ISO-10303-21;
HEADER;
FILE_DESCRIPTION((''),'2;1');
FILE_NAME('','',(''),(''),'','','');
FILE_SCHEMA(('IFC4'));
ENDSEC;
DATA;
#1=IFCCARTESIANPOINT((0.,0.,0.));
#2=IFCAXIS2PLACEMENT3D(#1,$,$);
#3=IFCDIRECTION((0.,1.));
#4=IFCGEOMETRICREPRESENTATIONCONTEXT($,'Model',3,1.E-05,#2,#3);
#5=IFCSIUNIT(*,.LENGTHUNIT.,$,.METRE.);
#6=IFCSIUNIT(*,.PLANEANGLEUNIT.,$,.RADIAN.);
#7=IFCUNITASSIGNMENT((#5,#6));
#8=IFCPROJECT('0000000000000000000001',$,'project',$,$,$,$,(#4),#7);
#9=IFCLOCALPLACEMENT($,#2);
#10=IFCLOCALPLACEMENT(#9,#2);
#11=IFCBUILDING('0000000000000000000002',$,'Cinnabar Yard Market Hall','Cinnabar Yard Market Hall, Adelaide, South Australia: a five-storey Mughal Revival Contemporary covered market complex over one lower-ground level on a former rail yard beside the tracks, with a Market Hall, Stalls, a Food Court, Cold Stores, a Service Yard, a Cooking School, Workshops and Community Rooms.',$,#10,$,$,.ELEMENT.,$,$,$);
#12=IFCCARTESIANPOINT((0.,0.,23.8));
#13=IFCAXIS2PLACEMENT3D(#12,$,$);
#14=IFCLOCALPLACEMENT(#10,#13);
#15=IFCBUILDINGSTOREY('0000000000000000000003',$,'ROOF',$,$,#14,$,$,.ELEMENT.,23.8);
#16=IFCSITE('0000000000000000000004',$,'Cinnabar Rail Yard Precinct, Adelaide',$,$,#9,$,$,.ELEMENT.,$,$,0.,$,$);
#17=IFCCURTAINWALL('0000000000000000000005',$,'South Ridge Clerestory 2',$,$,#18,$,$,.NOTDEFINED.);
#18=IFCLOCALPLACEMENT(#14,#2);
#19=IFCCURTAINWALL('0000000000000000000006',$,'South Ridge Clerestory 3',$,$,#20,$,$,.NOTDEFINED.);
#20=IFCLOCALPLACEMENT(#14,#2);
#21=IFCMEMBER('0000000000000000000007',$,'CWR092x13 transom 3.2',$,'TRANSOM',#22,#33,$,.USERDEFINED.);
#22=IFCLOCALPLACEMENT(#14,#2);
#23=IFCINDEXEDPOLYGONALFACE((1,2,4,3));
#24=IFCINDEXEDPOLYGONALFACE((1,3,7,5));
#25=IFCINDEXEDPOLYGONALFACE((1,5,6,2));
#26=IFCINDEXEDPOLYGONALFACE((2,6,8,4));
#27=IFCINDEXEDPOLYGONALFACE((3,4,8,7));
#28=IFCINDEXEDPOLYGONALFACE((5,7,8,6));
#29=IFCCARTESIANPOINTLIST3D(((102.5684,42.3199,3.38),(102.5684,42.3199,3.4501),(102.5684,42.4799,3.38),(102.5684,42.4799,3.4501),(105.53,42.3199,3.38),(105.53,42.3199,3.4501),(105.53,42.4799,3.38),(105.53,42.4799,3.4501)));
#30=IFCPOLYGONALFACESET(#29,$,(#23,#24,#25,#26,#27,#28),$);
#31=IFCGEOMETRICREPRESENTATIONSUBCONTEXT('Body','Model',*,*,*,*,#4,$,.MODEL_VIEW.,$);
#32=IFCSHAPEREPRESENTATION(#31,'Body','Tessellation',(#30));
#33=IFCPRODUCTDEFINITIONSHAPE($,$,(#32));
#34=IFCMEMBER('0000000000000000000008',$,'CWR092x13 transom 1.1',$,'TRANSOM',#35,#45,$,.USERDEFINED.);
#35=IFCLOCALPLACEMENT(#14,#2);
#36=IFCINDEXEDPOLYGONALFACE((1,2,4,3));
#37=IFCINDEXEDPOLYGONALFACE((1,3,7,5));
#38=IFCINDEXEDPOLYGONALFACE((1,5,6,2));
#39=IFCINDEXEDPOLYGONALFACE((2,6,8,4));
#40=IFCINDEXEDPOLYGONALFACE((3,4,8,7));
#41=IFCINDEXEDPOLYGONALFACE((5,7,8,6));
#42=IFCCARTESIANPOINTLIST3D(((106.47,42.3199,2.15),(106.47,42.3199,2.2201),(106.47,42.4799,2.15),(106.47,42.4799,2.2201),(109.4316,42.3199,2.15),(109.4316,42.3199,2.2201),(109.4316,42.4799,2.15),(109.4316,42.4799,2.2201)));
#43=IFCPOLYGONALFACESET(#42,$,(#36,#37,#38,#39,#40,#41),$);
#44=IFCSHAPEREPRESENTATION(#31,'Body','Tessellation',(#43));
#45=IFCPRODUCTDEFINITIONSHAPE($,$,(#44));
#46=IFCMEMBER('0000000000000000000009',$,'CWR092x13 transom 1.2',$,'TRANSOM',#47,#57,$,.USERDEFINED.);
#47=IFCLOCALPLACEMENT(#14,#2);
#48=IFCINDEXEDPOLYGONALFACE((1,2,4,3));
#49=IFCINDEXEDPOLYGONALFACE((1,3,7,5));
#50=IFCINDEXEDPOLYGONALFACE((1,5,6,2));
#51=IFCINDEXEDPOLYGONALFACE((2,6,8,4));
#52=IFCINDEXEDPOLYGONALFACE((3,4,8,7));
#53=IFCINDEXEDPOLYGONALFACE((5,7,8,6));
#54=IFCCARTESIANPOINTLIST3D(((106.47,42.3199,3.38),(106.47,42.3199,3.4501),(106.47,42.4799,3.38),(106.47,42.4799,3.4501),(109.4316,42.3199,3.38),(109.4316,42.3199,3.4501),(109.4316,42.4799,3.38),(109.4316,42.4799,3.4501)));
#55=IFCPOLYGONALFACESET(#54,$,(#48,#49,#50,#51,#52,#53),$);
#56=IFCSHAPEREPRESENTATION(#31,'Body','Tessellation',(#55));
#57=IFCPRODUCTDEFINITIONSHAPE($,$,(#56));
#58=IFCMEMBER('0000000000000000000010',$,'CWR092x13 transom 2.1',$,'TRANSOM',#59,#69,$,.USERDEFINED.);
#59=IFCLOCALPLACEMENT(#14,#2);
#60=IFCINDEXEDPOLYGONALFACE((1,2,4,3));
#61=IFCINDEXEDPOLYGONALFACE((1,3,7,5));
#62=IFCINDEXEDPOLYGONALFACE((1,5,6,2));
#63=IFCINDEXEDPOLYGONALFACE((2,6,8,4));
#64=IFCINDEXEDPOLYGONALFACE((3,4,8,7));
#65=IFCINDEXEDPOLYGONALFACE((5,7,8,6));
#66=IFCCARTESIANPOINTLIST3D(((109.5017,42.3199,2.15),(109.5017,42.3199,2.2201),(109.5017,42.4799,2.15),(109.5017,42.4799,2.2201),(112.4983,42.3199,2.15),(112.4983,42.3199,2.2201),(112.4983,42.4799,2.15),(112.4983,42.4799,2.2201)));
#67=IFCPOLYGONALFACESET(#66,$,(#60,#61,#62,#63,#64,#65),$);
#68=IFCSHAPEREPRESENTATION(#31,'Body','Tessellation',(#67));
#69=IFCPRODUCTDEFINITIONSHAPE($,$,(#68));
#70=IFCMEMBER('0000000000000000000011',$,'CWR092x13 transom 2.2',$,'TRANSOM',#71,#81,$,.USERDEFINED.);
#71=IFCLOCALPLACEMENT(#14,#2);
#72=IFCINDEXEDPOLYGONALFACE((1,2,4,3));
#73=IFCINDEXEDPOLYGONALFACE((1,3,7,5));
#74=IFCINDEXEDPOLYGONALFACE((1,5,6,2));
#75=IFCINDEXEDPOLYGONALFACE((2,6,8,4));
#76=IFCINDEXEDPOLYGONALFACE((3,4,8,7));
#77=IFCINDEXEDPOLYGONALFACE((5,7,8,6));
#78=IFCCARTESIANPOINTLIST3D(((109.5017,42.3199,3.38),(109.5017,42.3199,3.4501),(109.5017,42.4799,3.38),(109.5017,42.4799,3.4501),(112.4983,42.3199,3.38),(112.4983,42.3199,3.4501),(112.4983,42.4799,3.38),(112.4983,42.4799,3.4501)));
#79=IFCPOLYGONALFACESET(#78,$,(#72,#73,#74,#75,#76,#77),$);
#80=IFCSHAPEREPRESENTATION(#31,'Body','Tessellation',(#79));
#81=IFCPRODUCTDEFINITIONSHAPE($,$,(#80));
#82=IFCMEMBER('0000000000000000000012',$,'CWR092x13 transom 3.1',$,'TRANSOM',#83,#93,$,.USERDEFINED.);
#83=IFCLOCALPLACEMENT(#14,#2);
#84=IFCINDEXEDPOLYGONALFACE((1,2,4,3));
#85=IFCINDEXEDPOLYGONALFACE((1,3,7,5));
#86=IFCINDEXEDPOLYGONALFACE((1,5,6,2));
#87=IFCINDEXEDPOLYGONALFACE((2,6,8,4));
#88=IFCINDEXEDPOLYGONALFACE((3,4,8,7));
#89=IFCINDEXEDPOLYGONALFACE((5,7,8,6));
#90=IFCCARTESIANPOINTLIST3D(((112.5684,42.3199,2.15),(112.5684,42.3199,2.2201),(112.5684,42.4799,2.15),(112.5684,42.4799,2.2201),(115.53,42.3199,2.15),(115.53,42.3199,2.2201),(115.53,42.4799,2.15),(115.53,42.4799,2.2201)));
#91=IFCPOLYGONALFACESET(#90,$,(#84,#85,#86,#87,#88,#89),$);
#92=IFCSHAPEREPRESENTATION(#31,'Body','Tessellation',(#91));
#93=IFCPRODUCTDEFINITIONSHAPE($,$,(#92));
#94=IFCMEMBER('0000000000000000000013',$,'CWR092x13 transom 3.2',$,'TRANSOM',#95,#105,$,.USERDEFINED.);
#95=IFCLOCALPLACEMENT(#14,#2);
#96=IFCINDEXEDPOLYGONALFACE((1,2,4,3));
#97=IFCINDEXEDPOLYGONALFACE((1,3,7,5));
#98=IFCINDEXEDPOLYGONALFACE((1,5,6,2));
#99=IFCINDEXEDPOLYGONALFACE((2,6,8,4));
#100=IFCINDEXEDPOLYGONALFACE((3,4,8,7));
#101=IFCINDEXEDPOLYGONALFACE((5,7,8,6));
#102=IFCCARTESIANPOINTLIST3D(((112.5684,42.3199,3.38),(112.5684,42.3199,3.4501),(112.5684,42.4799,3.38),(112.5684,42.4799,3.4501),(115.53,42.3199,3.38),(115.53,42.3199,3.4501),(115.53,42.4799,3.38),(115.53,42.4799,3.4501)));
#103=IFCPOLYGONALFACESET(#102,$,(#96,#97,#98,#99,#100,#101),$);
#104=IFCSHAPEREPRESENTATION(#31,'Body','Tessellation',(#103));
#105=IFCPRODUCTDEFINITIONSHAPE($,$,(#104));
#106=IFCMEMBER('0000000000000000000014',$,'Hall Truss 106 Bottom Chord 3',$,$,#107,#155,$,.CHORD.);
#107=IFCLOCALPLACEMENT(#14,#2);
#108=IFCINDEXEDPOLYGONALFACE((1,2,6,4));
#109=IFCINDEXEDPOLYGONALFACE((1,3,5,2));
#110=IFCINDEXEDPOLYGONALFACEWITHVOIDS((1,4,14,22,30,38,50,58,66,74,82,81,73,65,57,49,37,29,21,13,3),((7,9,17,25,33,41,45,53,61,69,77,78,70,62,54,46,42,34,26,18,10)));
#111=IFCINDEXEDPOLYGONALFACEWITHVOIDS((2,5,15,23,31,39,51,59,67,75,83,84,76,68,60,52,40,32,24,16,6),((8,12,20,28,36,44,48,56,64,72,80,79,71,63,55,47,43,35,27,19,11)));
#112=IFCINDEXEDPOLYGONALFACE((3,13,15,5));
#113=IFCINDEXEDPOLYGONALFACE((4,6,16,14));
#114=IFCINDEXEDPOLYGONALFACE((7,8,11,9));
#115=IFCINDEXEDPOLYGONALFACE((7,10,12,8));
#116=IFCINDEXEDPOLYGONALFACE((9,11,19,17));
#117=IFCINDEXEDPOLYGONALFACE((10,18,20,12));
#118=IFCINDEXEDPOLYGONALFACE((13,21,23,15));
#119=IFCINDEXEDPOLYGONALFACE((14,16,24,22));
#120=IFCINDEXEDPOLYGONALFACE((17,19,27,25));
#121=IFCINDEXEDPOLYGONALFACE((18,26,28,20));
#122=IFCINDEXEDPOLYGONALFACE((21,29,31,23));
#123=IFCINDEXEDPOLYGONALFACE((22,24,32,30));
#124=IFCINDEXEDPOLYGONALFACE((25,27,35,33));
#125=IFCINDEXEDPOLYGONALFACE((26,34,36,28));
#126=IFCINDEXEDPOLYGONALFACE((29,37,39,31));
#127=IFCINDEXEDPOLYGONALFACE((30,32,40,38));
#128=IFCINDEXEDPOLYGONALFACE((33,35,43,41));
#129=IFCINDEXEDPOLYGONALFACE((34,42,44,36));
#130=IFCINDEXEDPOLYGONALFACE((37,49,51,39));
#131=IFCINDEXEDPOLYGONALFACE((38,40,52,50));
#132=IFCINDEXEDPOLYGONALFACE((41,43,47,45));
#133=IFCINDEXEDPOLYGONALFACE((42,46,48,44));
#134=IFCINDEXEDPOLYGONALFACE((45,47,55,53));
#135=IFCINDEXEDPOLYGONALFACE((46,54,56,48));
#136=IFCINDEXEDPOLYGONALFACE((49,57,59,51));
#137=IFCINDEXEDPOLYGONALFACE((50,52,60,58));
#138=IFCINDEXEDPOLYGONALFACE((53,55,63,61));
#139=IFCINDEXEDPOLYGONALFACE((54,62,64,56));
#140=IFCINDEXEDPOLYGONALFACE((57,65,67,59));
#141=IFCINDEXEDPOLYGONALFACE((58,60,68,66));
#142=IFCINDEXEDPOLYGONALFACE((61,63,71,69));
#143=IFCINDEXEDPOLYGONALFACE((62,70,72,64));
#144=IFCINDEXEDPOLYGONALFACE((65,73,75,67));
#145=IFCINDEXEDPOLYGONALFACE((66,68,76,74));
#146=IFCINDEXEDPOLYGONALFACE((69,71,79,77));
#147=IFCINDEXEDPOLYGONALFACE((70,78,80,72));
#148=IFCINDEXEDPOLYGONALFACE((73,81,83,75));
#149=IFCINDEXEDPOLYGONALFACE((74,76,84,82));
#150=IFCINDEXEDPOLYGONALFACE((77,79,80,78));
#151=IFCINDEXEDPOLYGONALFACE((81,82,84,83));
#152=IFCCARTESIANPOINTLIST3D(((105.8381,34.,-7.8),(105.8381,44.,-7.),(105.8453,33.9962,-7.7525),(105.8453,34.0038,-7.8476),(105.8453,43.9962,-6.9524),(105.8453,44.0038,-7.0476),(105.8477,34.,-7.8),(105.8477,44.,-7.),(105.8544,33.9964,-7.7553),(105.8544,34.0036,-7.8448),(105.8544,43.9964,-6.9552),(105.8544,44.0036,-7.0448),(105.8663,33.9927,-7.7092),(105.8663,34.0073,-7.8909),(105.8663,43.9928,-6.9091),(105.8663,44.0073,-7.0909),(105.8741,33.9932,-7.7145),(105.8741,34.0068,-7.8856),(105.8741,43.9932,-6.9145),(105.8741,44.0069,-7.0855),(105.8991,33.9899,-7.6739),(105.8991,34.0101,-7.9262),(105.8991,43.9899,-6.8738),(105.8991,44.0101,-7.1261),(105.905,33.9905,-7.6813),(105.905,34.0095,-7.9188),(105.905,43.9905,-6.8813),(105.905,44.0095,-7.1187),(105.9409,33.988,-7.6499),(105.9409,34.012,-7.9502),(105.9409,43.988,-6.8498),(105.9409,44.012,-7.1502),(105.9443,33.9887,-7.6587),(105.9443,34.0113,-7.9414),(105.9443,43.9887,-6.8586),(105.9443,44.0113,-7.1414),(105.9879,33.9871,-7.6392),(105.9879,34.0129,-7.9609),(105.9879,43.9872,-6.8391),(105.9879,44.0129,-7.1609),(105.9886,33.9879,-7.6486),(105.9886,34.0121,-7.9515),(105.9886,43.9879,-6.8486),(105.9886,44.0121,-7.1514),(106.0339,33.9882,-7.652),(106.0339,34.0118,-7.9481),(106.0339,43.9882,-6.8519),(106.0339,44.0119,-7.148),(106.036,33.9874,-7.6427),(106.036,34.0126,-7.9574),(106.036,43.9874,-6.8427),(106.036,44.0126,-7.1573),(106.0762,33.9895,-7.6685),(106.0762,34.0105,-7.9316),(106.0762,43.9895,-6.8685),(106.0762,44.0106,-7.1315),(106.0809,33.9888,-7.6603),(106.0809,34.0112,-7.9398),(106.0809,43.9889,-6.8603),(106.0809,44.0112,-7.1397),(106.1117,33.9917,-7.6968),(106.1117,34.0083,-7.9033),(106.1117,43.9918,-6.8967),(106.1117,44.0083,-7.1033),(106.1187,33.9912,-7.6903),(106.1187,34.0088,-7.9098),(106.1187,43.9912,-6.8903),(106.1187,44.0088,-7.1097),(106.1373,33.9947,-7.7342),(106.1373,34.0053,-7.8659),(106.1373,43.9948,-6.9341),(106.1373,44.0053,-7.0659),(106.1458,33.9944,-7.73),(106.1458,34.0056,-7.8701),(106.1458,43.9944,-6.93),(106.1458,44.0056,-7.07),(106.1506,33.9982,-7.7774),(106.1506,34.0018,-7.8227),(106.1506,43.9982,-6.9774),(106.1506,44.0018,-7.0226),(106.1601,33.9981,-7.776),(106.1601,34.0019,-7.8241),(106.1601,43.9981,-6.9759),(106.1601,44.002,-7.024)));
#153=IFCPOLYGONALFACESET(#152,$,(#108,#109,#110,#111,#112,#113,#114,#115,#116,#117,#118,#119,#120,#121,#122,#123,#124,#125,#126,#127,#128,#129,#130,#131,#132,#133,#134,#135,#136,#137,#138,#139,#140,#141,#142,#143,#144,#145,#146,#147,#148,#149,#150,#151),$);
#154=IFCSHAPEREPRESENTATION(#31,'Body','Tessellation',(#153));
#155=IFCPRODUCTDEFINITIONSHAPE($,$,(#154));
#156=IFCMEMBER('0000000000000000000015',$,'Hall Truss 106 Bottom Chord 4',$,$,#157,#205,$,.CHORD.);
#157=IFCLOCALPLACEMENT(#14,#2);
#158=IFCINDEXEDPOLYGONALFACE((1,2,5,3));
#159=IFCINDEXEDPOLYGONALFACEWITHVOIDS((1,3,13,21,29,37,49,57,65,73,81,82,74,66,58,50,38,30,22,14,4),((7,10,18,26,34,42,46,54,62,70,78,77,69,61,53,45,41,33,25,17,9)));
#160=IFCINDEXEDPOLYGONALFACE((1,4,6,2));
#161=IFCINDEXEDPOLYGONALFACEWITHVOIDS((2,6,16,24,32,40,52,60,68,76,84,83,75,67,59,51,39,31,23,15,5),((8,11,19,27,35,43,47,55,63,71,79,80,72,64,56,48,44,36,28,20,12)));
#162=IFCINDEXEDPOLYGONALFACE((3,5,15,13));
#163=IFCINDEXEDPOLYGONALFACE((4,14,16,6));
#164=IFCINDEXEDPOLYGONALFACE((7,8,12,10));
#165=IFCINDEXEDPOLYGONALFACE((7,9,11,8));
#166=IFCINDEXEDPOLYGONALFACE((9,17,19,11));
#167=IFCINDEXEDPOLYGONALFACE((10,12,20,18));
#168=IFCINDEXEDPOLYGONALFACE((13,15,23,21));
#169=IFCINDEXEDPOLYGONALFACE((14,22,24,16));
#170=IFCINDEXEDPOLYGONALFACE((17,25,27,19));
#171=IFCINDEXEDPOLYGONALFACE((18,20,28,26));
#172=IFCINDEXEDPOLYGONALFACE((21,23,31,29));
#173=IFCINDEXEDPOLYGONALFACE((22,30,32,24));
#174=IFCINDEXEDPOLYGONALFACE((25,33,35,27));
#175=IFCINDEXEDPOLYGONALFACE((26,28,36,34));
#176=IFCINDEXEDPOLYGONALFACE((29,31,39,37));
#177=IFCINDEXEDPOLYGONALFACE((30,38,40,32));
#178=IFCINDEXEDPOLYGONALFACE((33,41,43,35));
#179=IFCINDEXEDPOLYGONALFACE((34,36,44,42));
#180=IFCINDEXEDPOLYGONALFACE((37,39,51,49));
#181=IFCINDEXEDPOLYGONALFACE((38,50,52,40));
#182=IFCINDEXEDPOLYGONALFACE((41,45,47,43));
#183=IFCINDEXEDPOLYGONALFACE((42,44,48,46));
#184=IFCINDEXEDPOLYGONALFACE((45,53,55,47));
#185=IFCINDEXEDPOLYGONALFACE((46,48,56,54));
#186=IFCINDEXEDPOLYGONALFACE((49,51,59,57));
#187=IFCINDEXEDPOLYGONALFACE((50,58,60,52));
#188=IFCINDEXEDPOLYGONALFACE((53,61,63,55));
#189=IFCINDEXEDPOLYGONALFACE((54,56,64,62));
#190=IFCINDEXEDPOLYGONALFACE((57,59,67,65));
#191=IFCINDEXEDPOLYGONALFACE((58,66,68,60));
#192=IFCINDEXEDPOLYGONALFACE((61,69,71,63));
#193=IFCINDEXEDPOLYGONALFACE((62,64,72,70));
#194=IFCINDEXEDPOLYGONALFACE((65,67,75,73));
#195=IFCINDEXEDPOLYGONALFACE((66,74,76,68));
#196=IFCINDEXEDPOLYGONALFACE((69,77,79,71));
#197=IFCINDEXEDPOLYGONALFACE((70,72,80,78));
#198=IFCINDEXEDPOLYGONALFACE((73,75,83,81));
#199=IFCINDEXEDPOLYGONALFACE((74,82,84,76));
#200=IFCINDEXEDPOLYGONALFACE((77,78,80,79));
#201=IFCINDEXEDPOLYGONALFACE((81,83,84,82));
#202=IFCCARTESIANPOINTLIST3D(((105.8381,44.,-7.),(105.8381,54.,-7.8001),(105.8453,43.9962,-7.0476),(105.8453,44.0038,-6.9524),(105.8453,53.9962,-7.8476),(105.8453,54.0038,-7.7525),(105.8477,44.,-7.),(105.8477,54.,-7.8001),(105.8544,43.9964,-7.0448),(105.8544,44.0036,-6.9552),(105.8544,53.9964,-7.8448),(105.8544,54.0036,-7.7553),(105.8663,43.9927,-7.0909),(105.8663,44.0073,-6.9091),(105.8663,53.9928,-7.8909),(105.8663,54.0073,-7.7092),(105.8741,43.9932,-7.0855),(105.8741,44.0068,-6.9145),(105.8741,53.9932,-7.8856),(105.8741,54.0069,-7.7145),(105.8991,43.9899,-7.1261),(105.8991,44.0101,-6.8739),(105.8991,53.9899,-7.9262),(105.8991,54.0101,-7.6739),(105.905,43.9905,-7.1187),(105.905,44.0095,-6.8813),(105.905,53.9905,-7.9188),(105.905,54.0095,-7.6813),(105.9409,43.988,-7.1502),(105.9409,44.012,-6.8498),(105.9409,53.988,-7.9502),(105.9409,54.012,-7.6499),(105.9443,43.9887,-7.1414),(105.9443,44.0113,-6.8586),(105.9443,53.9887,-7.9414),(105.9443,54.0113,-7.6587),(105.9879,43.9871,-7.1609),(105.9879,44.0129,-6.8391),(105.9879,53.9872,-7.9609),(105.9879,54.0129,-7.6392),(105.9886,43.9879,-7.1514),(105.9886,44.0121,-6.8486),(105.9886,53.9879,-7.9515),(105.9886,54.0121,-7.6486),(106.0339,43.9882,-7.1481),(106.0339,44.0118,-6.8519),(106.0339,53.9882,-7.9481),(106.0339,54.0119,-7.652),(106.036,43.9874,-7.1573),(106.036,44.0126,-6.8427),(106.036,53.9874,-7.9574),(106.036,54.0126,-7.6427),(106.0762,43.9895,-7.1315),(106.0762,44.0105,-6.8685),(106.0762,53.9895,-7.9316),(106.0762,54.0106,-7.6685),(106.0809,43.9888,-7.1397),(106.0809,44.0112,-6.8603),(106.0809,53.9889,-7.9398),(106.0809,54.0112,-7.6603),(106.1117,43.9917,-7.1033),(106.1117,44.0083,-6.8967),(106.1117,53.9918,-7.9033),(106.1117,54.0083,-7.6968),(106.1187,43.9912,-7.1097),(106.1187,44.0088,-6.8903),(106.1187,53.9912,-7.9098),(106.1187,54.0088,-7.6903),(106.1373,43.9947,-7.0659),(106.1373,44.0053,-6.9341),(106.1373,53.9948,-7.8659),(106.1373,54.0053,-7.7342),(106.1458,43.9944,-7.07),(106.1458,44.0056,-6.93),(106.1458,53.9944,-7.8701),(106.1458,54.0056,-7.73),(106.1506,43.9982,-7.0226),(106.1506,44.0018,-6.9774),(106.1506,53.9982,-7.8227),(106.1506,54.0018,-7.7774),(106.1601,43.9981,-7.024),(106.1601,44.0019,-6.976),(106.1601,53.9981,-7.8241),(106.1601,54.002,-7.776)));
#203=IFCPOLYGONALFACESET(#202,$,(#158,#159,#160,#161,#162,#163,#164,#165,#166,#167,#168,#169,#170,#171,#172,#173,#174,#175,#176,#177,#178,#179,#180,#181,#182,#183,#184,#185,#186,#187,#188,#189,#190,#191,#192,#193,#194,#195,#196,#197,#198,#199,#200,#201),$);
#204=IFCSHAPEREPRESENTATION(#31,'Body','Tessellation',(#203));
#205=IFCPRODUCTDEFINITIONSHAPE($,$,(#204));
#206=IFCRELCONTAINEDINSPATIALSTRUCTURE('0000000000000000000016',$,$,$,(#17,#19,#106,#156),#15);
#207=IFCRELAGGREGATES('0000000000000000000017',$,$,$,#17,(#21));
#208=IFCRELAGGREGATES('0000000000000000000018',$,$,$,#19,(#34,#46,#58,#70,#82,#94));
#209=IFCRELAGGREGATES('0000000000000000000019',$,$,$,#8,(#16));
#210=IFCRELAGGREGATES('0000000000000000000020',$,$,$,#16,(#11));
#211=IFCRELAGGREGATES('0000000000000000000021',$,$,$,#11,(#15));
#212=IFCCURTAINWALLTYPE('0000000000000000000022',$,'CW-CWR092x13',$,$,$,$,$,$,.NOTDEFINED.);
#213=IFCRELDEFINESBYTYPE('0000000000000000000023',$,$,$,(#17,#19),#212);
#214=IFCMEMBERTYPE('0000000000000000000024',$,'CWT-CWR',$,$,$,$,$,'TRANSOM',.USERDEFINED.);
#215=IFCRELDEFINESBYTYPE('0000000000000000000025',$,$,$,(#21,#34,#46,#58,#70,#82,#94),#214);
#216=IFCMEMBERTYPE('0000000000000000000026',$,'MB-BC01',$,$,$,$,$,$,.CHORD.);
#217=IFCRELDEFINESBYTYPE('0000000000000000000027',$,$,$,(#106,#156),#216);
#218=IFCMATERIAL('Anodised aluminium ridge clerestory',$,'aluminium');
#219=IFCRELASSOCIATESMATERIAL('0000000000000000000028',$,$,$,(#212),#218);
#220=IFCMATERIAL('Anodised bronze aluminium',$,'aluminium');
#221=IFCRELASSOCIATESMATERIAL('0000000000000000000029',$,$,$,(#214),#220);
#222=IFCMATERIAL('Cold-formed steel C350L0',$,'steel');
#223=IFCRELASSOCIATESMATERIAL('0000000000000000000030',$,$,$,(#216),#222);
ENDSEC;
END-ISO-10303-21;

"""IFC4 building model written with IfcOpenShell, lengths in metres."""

from ifc_helpers import new_model, si_unit, direction, frame, origin, origin_2d_with_axis, place, context, subcontext, project, spatial, rectangle, hollow_circle, extrude, material, material_profile, profile_set, type_object, element, aggregate, save


model = new_model("IFC4")

# Units and contexts
model_context = context("Model", 3, precision=1e-05, world=origin(), true_north=direction((0.0, 1.0)))
body_context = subcontext(model_context, "Body", "Model", "MODEL_VIEW")
ifc_project = project(units=[si_unit("LENGTHUNIT", "METRE"), si_unit("PLANEANGLEUNIT", "RADIAN")], contexts=[model_context])

# Site, building, storey
site_placement = place(None, origin())
site = spatial("IfcSite", under=ifc_project, at=site_placement, Name="Cinnabar Rail Yard Precinct, Adelaide", CompositionType="ELEMENT", RefElevation=0.0)
building_placement = place(site_placement, origin())
building = spatial("IfcBuilding", under=site, at=building_placement, Name="Cinnabar Yard Market Hall", Description="Cinnabar Yard Market Hall, Adelaide, South Australia: a five-storey Mughal Revival Contemporary covered market complex over one lower-ground level on a former rail yard beside the tracks, with a Market Hall, Stalls, a Food Court, Cold Stores, a Service Yard, a Cooking School, Workshops and Community Rooms.", CompositionType="ELEMENT")
storey_placement = place(building_placement, frame((0.0, 0.0, 23.8)))
storey = spatial("IfcBuildingStorey", under=building, at=storey_placement, Name="ROOF", CompositionType="ELEMENT", Elevation=23.8)

# Curtain wall
ifc_material_1 = material(Name="Anodised aluminium ridge clerestory", Category="aluminium")
curtain_wall_type = type_object("IfcCurtainWallType", Name="CW-CWR092x13", PredefinedType="NOTDEFINED", material=ifc_material_1)
curtain_wall_1_placement = place(storey_placement, origin())
curtain_wall_1 = element("IfcCurtainWall", 1, at=curtain_wall_1_placement, inside=storey, type_object=curtain_wall_type, Name="South Ridge Clerestory 2", PredefinedType="NOTDEFINED")
ifc_material_2 = material(Name="Anodised bronze aluminium", Category="aluminium")

# Curtain wall
curtain_wall_2_placement = place(storey_placement, origin())
curtain_wall_2 = element("IfcCurtainWall", 2, at=curtain_wall_2_placement, inside=storey, type_object=curtain_wall_type, Name="South Ridge Clerestory 3", PredefinedType="NOTDEFINED")

# Members
ifc_material_profile_1 = material_profile(ifc_material_2, rectangle(XDim=0.1599, YDim=0.0701, at=origin_2d_with_axis()), Name="TRN-CWR")
ifc_profile_set_1 = profile_set([ifc_material_profile_1], Name="Anodised bronze aluminium")
member_type_1 = type_object("IfcMemberType", Name="CWT-CWR", ElementType="TRANSOM", PredefinedType="USERDEFINED", material=ifc_profile_set_1)
member_1_placement = place(storey_placement, frame((102.5684, 42.3999, 3.415), z_axis=(1.0, 0.0, 0.0), x_axis=(0.0, 1.0, 0.0)))
member_1 = element("IfcMember", 3, at=member_1_placement, type_object=member_type_1, Name="CWR092x13 transom 3.2", ObjectType="TRANSOM", PredefinedType="USERDEFINED", context=body_context, shape_type="SweptSolid", body=[
    extrude(rectangle(XDim=0.1599, YDim=0.0701, at=origin_2d_with_axis()), origin(), (0.0, 0.0, 1.0), 2.9617),
])
member_2_placement = place(storey_placement, frame((106.47, 42.3999, 2.1851), z_axis=(1.0, 0.0, 0.0), x_axis=(0.0, 1.0, 0.0)))
member_2 = element("IfcMember", 4, at=member_2_placement, type_object=member_type_1, Name="CWR092x13 transom 1.1", ObjectType="TRANSOM", PredefinedType="USERDEFINED", context=body_context, shape_type="SweptSolid", body=[
    extrude(rectangle(XDim=0.1599, YDim=0.0701, at=origin_2d_with_axis()), origin(), (0.0, 0.0, 1.0), 2.9617),
])
member_3_placement = place(storey_placement, frame((106.47, 42.3999, 3.415), z_axis=(1.0, 0.0, 0.0), x_axis=(0.0, 1.0, 0.0)))
member_3 = element("IfcMember", 5, at=member_3_placement, type_object=member_type_1, Name="CWR092x13 transom 1.2", ObjectType="TRANSOM", PredefinedType="USERDEFINED", context=body_context, shape_type="SweptSolid", body=[
    extrude(rectangle(XDim=0.1599, YDim=0.0701, at=origin_2d_with_axis()), origin(), (0.0, 0.0, 1.0), 2.9617),
])
member_4_placement = place(storey_placement, frame((109.5017, 42.3999, 2.1851), z_axis=(1.0, 0.0, 0.0), x_axis=(0.0, 1.0, 0.0)))
member_4 = element("IfcMember", 6, at=member_4_placement, type_object=member_type_1, Name="CWR092x13 transom 2.1", ObjectType="TRANSOM", PredefinedType="USERDEFINED", context=body_context, shape_type="SweptSolid", body=[
    extrude(rectangle(XDim=0.1599, YDim=0.0701, at=origin_2d_with_axis()), origin(), (0.0, 0.0, 1.0), 2.9966),
])
member_5_placement = place(storey_placement, frame((109.5017, 42.3999, 3.415), z_axis=(1.0, 0.0, 0.0), x_axis=(0.0, 1.0, 0.0)))
member_5 = element("IfcMember", 7, at=member_5_placement, type_object=member_type_1, Name="CWR092x13 transom 2.2", ObjectType="TRANSOM", PredefinedType="USERDEFINED", context=body_context, shape_type="SweptSolid", body=[
    extrude(rectangle(XDim=0.1599, YDim=0.0701, at=origin_2d_with_axis()), origin(), (0.0, 0.0, 1.0), 2.9966),
])
member_6_placement = place(storey_placement, frame((112.5684, 42.3999, 2.1851), z_axis=(1.0, 0.0, 0.0), x_axis=(0.0, 1.0, 0.0)))
member_6 = element("IfcMember", 8, at=member_6_placement, type_object=member_type_1, Name="CWR092x13 transom 3.1", ObjectType="TRANSOM", PredefinedType="USERDEFINED", context=body_context, shape_type="SweptSolid", body=[
    extrude(rectangle(XDim=0.1599, YDim=0.0701, at=origin_2d_with_axis()), origin(), (0.0, 0.0, 1.0), 2.9617),
])
member_7_placement = place(storey_placement, frame((112.5684, 42.3999, 3.415), z_axis=(1.0, 0.0, 0.0), x_axis=(0.0, 1.0, 0.0)))
member_7 = element("IfcMember", 9, at=member_7_placement, type_object=member_type_1, Name="CWR092x13 transom 3.2", ObjectType="TRANSOM", PredefinedType="USERDEFINED", context=body_context, shape_type="SweptSolid", body=[
    extrude(rectangle(XDim=0.1599, YDim=0.0701, at=origin_2d_with_axis()), origin(), (0.0, 0.0, 1.0), 2.9617),
])

# Members
ifc_material_3 = material(Name="Cold-formed steel C350L0", Category="steel")
ifc_material_profile_2 = material_profile(ifc_material_3, hollow_circle(Radius=0.1619, WallThickness=0.0095, at=origin_2d_with_axis()), Name="323.9x9.5CHS")
ifc_profile_set_2 = profile_set([ifc_material_profile_2], Name="Cold-formed steel C350L0")
member_type_2 = type_object("IfcMemberType", Name="MB-BC01", PredefinedType="CHORD", material=ifc_profile_set_2)
for number, where, z_axis, x_axis, name in (
    (10, (106.0, 34.0, -7.8), (0.0, 0.996815, 0.07975), (-1.0, 0.0, 0.0), "Hall Truss 106 Bottom Chord 3"),
    (11, (106.0, 44.0, -7.0), (0.0, 0.996815, -0.07975), (-1.0, 0.0, 0.0), "Hall Truss 106 Bottom Chord 4"),
):
    element("IfcMember", number, at=place(storey_placement, frame(where, z_axis=z_axis, x_axis=x_axis)), inside=storey, type_object=member_type_2, Name=name, PredefinedType="CHORD", context=body_context, shape_type="SweptSolid", body=[
        extrude(hollow_circle(Radius=0.1619, WallThickness=0.0095, at=origin_2d_with_axis()), origin(), (0.0, 0.0, 1.0), 10.032),
    ])

aggregate(curtain_wall_1, [member_1])
aggregate(curtain_wall_2, [member_2, member_3, member_4, member_5, member_6, member_7])

save(model, "model.ifc")
